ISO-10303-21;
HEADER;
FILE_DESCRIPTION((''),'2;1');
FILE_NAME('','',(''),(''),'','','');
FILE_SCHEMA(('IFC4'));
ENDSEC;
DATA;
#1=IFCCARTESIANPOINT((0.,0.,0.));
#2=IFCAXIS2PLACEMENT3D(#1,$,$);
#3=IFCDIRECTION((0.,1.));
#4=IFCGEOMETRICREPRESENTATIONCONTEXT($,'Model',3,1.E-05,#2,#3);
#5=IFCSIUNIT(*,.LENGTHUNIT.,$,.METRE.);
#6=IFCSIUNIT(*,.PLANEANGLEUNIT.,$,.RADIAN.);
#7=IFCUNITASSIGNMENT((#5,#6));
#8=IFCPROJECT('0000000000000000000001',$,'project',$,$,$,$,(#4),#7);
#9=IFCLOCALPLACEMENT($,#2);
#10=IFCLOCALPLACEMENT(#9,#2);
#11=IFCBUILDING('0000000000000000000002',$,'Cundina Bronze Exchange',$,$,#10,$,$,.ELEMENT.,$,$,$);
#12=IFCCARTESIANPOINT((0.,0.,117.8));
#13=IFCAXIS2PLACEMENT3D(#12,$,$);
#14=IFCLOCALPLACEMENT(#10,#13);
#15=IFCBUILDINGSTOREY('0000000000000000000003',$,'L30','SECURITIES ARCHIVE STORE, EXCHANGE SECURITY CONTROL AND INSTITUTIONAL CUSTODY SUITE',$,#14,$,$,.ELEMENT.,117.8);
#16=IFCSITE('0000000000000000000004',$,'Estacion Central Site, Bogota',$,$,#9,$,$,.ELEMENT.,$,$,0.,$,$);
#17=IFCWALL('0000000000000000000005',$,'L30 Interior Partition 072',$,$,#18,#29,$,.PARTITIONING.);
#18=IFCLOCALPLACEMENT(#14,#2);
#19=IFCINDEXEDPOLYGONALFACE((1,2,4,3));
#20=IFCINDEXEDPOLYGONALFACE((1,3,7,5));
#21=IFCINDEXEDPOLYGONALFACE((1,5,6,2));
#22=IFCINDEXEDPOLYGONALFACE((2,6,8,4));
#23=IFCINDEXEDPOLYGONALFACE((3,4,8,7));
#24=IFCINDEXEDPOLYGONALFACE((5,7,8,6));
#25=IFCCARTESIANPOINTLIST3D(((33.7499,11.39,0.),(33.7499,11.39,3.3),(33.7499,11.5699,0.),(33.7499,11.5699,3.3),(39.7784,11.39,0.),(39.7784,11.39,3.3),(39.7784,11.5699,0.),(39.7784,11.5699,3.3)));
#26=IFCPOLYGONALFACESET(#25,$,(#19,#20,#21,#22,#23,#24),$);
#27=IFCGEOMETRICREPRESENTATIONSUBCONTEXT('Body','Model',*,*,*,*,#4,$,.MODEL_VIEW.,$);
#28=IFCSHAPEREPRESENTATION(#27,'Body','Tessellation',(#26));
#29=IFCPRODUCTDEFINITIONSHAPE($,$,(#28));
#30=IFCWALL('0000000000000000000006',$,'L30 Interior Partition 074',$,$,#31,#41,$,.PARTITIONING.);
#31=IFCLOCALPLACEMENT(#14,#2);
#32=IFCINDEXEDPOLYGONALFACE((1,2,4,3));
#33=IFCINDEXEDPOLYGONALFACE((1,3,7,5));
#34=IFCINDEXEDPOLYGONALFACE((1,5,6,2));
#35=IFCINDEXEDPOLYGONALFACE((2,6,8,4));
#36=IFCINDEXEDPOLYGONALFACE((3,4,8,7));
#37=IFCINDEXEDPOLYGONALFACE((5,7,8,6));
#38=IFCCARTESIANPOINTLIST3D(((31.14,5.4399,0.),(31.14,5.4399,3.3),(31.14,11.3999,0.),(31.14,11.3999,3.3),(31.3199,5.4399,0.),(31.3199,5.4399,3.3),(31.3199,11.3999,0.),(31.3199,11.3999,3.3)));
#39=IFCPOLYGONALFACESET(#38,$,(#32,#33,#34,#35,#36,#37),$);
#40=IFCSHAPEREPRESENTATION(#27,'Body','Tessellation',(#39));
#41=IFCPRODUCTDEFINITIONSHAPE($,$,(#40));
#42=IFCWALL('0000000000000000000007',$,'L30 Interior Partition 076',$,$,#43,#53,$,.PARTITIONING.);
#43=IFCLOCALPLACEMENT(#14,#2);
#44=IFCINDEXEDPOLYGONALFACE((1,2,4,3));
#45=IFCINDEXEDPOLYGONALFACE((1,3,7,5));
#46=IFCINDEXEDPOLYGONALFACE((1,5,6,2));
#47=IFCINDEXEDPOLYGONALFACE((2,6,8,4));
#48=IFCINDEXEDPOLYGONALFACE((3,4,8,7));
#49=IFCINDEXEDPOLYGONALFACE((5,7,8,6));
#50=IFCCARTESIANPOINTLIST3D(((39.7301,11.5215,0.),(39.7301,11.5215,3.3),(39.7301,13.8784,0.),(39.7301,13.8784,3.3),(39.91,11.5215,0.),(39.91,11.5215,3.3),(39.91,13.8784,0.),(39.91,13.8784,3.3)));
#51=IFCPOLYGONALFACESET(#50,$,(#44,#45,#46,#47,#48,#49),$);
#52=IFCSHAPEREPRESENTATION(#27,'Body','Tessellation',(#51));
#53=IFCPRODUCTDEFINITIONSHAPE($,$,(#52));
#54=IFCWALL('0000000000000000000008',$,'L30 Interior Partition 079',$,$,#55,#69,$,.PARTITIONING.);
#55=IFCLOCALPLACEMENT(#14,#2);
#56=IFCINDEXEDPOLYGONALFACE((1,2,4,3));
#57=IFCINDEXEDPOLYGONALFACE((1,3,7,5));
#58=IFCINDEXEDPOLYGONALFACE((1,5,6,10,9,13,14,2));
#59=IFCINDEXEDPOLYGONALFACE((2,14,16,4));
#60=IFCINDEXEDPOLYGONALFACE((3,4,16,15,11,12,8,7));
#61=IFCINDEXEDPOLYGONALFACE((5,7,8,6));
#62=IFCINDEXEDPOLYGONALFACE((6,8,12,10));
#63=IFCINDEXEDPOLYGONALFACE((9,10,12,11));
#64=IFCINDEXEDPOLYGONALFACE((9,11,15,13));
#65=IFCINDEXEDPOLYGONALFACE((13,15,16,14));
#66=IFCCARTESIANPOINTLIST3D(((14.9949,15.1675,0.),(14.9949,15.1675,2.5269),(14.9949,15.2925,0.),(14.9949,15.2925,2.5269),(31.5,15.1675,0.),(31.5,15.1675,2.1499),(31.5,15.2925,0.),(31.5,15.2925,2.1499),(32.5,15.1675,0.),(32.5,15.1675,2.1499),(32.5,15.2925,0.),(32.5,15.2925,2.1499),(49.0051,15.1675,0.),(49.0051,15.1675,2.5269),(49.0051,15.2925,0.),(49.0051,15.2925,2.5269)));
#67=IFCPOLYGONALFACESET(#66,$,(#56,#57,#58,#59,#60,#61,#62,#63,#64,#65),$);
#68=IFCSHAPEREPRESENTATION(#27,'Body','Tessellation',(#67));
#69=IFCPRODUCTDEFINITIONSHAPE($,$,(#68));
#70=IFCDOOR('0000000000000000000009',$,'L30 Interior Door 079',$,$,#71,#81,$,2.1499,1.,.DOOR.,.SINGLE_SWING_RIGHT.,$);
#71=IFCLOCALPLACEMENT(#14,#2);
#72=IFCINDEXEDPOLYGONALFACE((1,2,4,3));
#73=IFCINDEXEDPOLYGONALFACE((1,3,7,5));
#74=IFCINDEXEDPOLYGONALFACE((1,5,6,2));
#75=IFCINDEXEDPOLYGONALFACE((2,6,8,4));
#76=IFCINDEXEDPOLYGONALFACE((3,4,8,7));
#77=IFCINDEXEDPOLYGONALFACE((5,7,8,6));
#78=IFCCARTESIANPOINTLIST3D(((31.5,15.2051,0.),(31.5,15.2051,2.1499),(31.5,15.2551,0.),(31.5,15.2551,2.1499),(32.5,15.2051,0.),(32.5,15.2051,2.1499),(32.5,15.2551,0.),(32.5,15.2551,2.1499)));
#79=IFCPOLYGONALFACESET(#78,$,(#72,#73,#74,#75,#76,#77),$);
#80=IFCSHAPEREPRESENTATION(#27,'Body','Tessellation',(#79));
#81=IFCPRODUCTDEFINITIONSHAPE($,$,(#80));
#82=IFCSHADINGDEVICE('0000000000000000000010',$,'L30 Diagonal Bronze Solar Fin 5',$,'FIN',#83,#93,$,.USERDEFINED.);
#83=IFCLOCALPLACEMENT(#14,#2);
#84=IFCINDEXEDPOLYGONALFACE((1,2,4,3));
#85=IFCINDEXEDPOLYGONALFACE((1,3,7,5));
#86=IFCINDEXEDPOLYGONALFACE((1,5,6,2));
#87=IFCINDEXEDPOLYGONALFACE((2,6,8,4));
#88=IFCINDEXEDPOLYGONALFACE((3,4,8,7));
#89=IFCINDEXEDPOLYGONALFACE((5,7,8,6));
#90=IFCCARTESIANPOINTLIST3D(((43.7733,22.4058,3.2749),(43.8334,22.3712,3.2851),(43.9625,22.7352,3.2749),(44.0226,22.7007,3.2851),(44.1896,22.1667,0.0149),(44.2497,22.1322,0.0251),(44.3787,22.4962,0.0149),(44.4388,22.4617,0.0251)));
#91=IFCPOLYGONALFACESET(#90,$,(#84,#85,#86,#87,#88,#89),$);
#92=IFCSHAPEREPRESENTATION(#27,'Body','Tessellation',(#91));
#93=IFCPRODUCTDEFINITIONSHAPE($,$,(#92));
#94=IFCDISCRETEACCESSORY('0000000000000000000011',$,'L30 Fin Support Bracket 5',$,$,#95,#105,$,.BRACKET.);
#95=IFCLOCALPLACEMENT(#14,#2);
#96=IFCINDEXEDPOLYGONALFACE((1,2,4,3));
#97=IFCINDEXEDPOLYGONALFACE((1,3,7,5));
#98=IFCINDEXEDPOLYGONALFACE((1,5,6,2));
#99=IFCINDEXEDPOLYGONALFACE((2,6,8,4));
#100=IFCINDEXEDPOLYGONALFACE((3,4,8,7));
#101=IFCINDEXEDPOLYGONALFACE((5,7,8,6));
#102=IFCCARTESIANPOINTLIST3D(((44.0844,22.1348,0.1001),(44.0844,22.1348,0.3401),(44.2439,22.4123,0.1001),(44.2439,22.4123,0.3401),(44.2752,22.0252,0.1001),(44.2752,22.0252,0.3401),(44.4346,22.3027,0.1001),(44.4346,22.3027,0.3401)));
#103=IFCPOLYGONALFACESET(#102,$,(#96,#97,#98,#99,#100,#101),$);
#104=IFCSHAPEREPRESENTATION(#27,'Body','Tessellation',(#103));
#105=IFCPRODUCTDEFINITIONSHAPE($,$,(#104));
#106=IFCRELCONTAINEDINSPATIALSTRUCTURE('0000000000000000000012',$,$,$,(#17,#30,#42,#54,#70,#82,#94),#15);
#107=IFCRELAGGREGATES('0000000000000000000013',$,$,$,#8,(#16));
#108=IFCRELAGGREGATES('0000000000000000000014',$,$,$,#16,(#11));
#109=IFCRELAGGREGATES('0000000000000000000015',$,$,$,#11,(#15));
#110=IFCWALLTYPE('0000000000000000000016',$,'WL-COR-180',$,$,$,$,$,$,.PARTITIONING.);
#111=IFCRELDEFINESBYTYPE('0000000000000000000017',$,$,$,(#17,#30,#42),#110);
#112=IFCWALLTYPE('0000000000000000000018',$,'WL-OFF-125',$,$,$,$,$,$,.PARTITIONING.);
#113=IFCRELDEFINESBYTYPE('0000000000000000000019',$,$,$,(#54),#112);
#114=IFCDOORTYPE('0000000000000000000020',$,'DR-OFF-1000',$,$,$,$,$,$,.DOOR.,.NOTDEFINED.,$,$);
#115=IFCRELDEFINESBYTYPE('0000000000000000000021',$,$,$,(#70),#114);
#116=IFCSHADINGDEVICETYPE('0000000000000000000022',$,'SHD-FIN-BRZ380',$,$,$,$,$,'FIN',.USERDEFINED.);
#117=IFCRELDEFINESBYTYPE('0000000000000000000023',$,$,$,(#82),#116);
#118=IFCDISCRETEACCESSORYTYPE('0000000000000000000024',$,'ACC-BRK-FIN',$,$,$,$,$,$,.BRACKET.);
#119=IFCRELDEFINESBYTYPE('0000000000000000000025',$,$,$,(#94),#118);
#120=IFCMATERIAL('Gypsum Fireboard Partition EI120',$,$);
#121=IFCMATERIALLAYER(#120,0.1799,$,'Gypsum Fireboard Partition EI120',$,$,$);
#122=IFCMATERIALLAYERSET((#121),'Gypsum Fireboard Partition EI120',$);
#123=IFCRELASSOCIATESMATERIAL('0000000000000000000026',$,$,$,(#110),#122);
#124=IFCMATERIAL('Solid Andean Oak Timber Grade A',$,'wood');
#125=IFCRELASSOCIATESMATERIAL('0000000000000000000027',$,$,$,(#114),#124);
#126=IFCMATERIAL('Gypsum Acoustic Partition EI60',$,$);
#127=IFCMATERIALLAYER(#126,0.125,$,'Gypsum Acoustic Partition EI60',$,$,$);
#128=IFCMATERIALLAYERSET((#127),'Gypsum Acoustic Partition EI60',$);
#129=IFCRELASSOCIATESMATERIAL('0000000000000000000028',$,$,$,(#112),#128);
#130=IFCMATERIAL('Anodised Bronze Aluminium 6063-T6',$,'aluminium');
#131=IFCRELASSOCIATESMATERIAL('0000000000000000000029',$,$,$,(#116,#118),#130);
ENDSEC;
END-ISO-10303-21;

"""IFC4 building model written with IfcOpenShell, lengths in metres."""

from ifc_helpers import new_model, si_unit, direction, frame, frame_2d, origin, origin_2d, place, context, subcontext, project, spatial, rectangle, extrude, material, layer, layer_set, material_profile, profile_set, type_object, element, fill, save


model = new_model("IFC4")

# Units and contexts
model_context = context("Model", 3, precision=1e-05, world=origin(), true_north=direction((0.0, 1.0)))
body_context = subcontext(model_context, "Body", "Model", "MODEL_VIEW")
ifc_project = project(units=[si_unit("LENGTHUNIT", "METRE"), si_unit("PLANEANGLEUNIT", "RADIAN")], contexts=[model_context])

# Site, building, storey
site_placement = place(None, origin())
site = spatial("IfcSite", under=ifc_project, at=site_placement, Name="Estacion Central Site, Bogota", CompositionType="ELEMENT", RefElevation=0.0)
building_placement = place(site_placement, origin())
building = spatial("IfcBuilding", under=site, at=building_placement, Name="Cundina Bronze Exchange", CompositionType="ELEMENT")
storey_placement = place(building_placement, frame((0.0, 0.0, 117.8)))
storey = spatial("IfcBuildingStorey", under=building, at=storey_placement, Name="L30", Description="SECURITIES ARCHIVE STORE, EXCHANGE SECURITY CONTROL AND INSTITUTIONAL CUSTODY SUITE", CompositionType="ELEMENT", Elevation=117.8)

# Shared definitions
ifc_material_1 = material(Name="Anodised Bronze Aluminium 6063-T6", Category="aluminium")

# Shared definitions
ifc_material_2 = material(Name="Gypsum Fireboard Partition EI120")
ifc_layer_1 = layer(ifc_material_2, 0.1799, Name="Gypsum Fireboard Partition EI120")
ifc_layer_set_1 = layer_set([ifc_layer_1], Name="Gypsum Fireboard Partition EI120")
wall_type_1 = type_object("IfcWallType", Name="WL-COR-180", PredefinedType="PARTITIONING", material=ifc_layer_set_1)
ifc_material_3 = material(Name="Solid Andean Oak Timber Grade A", Category="wood")
door_type = type_object("IfcDoorType", Name="DR-OFF-1000", OperationType="NOTDEFINED", PredefinedType="DOOR", material=ifc_material_3)

# Walls
wall_1_placement = place(storey_placement, frame((33.75, 11.48, 0.0), z_axis=(0.0, 0.0, 1.0), x_axis=(1.0, 0.0, 0.0)))
element("IfcWall", 1, at=wall_1_placement, inside=storey, type_object=wall_type_1, Name="L30 Interior Partition 072", PredefinedType="PARTITIONING", context=body_context, shape_type="SweptSolid", body=[
    extrude(rectangle(XDim=6.0286, YDim=0.1799, at=frame_2d((3.0142, 0.0))), origin(), (0.0, 0.0, 1.0), 3.3),
])
wall_2_placement = place(storey_placement, frame((31.23, 11.3999, 0.0), z_axis=(0.0, 0.0, 1.0), x_axis=(0.0, -1.0, 0.0)))
element("IfcWall", 2, at=wall_2_placement, inside=storey, type_object=wall_type_1, Name="L30 Interior Partition 074", PredefinedType="PARTITIONING", context=body_context, shape_type="SweptSolid", body=[
    extrude(rectangle(XDim=5.96, YDim=0.1799, at=frame_2d((2.98, 0.0))), origin(), (0.0, 0.0, 1.0), 3.3),
])
wall_3_placement = place(storey_placement, frame((39.8201, 11.5215, 0.0), z_axis=(0.0, 0.0, 1.0), x_axis=(0.0, 1.0, 0.0)))
element("IfcWall", 3, at=wall_3_placement, inside=storey, type_object=wall_type_1, Name="L30 Interior Partition 076", PredefinedType="PARTITIONING", context=body_context, shape_type="SweptSolid", body=[
    extrude(rectangle(XDim=2.3569, YDim=0.1799, at=frame_2d((1.1785, 0.0))), origin(), (0.0, 0.0, 1.0), 3.3),
])

# Wall, opening, door
ifc_material_4 = material(Name="Gypsum Acoustic Partition EI60")
ifc_layer_2 = layer(ifc_material_4, 0.125, Name="Gypsum Acoustic Partition EI60")
ifc_layer_set_2 = layer_set([ifc_layer_2], Name="Gypsum Acoustic Partition EI60")
wall_type_2 = type_object("IfcWallType", Name="WL-OFF-125", PredefinedType="PARTITIONING", material=ifc_layer_set_2)
wall_4_placement = place(storey_placement, frame((49.0051, 15.23, 0.0), z_axis=(0.0, 0.0, 1.0), x_axis=(-1.0, 0.0, 0.0)))
wall_4 = element("IfcWall", 4, at=wall_4_placement, inside=storey, type_object=wall_type_2, Name="L30 Interior Partition 079", PredefinedType="PARTITIONING", context=body_context, shape_type="SweptSolid", body=[
    extrude(rectangle(XDim=34.0103, YDim=0.125, at=frame_2d((17.0051, 0.0))), origin(), (0.0, 0.0, 1.0), 2.5269),
])
opening_1_placement = place(wall_4_placement, frame((16.5051, 0.0, 0.0)))
opening_1 = element("IfcOpeningElement", 5, at=opening_1_placement, cuts=wall_4, PredefinedType="OPENING", context=body_context, shape_type="SweptSolid", body=[
    extrude(rectangle(XDim=1.0, YDim=2.1499, at=frame_2d((0.5, 1.075))), frame((0.0, 0.0725, 0.0), z_axis=(0.0, -1.0, 0.0), x_axis=(1.0, 0.0, 0.0)), (0.0, 0.0, 1.0), 0.145),
])
door_1_placement = place(opening_1_placement, origin())
door_1 = element("IfcDoor", 6, at=door_1_placement, inside=storey, type_object=door_type, Name="L30 Interior Door 079", OperationType="SINGLE_SWING_RIGHT", OverallHeight=2.1499, OverallWidth=1.0, PredefinedType="DOOR", context=body_context, shape_type="SweptSolid", body=[
    extrude(rectangle(XDim=1.0, YDim=2.1499, at=frame_2d((0.5, 1.075))), frame((0.0, 0.0249, 0.0), z_axis=(0.0, -1.0, 0.0), x_axis=(1.0, 0.0, 0.0)), (0.0, 0.0, 1.0), 0.05),
])
fill(opening_1, door_1)

# Shading device
ifc_material_profile_1 = material_profile(ifc_material_1, rectangle(XDim=0.0701, YDim=0.3799, at=origin_2d()), Name="FIN70X380", Category="aluminium")
ifc_profile_set_1 = profile_set([ifc_material_profile_1], Name="Anodised Bronze Aluminium 6063-T6")
shading_device_type = type_object("IfcShadingDeviceType", Name="SHD-FIN-BRZ380", ElementType="FIN", PredefinedType="USERDEFINED", material=ifc_profile_set_1)
shading_device_placement = place(storey_placement, frame((44.3142, 22.3142, 0.02), z_axis=(-0.126325, 0.072535, 0.989333), x_axis=(0.857958, -0.492634, 0.145668)))
element("IfcShadingDevice", 7, at=shading_device_placement, inside=storey, type_object=shading_device_type, Name="L30 Diagonal Bronze Solar Fin 5", ObjectType="FIN", PredefinedType="USERDEFINED", context=body_context, shape_type="SweptSolid", body=[
    extrude(rectangle(XDim=0.0701, YDim=0.3799, at=origin_2d()), origin(), (0.0, 0.0, 1.0), 3.2952),
])

# Discrete accessory
discrete_accessory_type = type_object("IfcDiscreteAccessoryType", Name="ACC-BRK-FIN", PredefinedType="BRACKET", material=ifc_material_1)
discrete_accessory_placement = place(storey_placement, frame((44.2595, 22.2188, 0.1001), z_axis=(0.0, 0.0, 1.0), x_axis=(-0.867105, 0.498125, 0.0)))
element("IfcDiscreteAccessory", 8, at=discrete_accessory_placement, inside=storey, type_object=discrete_accessory_type, Name="L30 Fin Support Bracket 5", PredefinedType="BRACKET", context=body_context, shape_type="SweptSolid", body=[
    extrude(rectangle(XDim=0.22, YDim=0.3201, at=origin_2d()), origin(), (0.0, 0.0, 1.0), 0.24),
])

save(model, "model.ifc")
